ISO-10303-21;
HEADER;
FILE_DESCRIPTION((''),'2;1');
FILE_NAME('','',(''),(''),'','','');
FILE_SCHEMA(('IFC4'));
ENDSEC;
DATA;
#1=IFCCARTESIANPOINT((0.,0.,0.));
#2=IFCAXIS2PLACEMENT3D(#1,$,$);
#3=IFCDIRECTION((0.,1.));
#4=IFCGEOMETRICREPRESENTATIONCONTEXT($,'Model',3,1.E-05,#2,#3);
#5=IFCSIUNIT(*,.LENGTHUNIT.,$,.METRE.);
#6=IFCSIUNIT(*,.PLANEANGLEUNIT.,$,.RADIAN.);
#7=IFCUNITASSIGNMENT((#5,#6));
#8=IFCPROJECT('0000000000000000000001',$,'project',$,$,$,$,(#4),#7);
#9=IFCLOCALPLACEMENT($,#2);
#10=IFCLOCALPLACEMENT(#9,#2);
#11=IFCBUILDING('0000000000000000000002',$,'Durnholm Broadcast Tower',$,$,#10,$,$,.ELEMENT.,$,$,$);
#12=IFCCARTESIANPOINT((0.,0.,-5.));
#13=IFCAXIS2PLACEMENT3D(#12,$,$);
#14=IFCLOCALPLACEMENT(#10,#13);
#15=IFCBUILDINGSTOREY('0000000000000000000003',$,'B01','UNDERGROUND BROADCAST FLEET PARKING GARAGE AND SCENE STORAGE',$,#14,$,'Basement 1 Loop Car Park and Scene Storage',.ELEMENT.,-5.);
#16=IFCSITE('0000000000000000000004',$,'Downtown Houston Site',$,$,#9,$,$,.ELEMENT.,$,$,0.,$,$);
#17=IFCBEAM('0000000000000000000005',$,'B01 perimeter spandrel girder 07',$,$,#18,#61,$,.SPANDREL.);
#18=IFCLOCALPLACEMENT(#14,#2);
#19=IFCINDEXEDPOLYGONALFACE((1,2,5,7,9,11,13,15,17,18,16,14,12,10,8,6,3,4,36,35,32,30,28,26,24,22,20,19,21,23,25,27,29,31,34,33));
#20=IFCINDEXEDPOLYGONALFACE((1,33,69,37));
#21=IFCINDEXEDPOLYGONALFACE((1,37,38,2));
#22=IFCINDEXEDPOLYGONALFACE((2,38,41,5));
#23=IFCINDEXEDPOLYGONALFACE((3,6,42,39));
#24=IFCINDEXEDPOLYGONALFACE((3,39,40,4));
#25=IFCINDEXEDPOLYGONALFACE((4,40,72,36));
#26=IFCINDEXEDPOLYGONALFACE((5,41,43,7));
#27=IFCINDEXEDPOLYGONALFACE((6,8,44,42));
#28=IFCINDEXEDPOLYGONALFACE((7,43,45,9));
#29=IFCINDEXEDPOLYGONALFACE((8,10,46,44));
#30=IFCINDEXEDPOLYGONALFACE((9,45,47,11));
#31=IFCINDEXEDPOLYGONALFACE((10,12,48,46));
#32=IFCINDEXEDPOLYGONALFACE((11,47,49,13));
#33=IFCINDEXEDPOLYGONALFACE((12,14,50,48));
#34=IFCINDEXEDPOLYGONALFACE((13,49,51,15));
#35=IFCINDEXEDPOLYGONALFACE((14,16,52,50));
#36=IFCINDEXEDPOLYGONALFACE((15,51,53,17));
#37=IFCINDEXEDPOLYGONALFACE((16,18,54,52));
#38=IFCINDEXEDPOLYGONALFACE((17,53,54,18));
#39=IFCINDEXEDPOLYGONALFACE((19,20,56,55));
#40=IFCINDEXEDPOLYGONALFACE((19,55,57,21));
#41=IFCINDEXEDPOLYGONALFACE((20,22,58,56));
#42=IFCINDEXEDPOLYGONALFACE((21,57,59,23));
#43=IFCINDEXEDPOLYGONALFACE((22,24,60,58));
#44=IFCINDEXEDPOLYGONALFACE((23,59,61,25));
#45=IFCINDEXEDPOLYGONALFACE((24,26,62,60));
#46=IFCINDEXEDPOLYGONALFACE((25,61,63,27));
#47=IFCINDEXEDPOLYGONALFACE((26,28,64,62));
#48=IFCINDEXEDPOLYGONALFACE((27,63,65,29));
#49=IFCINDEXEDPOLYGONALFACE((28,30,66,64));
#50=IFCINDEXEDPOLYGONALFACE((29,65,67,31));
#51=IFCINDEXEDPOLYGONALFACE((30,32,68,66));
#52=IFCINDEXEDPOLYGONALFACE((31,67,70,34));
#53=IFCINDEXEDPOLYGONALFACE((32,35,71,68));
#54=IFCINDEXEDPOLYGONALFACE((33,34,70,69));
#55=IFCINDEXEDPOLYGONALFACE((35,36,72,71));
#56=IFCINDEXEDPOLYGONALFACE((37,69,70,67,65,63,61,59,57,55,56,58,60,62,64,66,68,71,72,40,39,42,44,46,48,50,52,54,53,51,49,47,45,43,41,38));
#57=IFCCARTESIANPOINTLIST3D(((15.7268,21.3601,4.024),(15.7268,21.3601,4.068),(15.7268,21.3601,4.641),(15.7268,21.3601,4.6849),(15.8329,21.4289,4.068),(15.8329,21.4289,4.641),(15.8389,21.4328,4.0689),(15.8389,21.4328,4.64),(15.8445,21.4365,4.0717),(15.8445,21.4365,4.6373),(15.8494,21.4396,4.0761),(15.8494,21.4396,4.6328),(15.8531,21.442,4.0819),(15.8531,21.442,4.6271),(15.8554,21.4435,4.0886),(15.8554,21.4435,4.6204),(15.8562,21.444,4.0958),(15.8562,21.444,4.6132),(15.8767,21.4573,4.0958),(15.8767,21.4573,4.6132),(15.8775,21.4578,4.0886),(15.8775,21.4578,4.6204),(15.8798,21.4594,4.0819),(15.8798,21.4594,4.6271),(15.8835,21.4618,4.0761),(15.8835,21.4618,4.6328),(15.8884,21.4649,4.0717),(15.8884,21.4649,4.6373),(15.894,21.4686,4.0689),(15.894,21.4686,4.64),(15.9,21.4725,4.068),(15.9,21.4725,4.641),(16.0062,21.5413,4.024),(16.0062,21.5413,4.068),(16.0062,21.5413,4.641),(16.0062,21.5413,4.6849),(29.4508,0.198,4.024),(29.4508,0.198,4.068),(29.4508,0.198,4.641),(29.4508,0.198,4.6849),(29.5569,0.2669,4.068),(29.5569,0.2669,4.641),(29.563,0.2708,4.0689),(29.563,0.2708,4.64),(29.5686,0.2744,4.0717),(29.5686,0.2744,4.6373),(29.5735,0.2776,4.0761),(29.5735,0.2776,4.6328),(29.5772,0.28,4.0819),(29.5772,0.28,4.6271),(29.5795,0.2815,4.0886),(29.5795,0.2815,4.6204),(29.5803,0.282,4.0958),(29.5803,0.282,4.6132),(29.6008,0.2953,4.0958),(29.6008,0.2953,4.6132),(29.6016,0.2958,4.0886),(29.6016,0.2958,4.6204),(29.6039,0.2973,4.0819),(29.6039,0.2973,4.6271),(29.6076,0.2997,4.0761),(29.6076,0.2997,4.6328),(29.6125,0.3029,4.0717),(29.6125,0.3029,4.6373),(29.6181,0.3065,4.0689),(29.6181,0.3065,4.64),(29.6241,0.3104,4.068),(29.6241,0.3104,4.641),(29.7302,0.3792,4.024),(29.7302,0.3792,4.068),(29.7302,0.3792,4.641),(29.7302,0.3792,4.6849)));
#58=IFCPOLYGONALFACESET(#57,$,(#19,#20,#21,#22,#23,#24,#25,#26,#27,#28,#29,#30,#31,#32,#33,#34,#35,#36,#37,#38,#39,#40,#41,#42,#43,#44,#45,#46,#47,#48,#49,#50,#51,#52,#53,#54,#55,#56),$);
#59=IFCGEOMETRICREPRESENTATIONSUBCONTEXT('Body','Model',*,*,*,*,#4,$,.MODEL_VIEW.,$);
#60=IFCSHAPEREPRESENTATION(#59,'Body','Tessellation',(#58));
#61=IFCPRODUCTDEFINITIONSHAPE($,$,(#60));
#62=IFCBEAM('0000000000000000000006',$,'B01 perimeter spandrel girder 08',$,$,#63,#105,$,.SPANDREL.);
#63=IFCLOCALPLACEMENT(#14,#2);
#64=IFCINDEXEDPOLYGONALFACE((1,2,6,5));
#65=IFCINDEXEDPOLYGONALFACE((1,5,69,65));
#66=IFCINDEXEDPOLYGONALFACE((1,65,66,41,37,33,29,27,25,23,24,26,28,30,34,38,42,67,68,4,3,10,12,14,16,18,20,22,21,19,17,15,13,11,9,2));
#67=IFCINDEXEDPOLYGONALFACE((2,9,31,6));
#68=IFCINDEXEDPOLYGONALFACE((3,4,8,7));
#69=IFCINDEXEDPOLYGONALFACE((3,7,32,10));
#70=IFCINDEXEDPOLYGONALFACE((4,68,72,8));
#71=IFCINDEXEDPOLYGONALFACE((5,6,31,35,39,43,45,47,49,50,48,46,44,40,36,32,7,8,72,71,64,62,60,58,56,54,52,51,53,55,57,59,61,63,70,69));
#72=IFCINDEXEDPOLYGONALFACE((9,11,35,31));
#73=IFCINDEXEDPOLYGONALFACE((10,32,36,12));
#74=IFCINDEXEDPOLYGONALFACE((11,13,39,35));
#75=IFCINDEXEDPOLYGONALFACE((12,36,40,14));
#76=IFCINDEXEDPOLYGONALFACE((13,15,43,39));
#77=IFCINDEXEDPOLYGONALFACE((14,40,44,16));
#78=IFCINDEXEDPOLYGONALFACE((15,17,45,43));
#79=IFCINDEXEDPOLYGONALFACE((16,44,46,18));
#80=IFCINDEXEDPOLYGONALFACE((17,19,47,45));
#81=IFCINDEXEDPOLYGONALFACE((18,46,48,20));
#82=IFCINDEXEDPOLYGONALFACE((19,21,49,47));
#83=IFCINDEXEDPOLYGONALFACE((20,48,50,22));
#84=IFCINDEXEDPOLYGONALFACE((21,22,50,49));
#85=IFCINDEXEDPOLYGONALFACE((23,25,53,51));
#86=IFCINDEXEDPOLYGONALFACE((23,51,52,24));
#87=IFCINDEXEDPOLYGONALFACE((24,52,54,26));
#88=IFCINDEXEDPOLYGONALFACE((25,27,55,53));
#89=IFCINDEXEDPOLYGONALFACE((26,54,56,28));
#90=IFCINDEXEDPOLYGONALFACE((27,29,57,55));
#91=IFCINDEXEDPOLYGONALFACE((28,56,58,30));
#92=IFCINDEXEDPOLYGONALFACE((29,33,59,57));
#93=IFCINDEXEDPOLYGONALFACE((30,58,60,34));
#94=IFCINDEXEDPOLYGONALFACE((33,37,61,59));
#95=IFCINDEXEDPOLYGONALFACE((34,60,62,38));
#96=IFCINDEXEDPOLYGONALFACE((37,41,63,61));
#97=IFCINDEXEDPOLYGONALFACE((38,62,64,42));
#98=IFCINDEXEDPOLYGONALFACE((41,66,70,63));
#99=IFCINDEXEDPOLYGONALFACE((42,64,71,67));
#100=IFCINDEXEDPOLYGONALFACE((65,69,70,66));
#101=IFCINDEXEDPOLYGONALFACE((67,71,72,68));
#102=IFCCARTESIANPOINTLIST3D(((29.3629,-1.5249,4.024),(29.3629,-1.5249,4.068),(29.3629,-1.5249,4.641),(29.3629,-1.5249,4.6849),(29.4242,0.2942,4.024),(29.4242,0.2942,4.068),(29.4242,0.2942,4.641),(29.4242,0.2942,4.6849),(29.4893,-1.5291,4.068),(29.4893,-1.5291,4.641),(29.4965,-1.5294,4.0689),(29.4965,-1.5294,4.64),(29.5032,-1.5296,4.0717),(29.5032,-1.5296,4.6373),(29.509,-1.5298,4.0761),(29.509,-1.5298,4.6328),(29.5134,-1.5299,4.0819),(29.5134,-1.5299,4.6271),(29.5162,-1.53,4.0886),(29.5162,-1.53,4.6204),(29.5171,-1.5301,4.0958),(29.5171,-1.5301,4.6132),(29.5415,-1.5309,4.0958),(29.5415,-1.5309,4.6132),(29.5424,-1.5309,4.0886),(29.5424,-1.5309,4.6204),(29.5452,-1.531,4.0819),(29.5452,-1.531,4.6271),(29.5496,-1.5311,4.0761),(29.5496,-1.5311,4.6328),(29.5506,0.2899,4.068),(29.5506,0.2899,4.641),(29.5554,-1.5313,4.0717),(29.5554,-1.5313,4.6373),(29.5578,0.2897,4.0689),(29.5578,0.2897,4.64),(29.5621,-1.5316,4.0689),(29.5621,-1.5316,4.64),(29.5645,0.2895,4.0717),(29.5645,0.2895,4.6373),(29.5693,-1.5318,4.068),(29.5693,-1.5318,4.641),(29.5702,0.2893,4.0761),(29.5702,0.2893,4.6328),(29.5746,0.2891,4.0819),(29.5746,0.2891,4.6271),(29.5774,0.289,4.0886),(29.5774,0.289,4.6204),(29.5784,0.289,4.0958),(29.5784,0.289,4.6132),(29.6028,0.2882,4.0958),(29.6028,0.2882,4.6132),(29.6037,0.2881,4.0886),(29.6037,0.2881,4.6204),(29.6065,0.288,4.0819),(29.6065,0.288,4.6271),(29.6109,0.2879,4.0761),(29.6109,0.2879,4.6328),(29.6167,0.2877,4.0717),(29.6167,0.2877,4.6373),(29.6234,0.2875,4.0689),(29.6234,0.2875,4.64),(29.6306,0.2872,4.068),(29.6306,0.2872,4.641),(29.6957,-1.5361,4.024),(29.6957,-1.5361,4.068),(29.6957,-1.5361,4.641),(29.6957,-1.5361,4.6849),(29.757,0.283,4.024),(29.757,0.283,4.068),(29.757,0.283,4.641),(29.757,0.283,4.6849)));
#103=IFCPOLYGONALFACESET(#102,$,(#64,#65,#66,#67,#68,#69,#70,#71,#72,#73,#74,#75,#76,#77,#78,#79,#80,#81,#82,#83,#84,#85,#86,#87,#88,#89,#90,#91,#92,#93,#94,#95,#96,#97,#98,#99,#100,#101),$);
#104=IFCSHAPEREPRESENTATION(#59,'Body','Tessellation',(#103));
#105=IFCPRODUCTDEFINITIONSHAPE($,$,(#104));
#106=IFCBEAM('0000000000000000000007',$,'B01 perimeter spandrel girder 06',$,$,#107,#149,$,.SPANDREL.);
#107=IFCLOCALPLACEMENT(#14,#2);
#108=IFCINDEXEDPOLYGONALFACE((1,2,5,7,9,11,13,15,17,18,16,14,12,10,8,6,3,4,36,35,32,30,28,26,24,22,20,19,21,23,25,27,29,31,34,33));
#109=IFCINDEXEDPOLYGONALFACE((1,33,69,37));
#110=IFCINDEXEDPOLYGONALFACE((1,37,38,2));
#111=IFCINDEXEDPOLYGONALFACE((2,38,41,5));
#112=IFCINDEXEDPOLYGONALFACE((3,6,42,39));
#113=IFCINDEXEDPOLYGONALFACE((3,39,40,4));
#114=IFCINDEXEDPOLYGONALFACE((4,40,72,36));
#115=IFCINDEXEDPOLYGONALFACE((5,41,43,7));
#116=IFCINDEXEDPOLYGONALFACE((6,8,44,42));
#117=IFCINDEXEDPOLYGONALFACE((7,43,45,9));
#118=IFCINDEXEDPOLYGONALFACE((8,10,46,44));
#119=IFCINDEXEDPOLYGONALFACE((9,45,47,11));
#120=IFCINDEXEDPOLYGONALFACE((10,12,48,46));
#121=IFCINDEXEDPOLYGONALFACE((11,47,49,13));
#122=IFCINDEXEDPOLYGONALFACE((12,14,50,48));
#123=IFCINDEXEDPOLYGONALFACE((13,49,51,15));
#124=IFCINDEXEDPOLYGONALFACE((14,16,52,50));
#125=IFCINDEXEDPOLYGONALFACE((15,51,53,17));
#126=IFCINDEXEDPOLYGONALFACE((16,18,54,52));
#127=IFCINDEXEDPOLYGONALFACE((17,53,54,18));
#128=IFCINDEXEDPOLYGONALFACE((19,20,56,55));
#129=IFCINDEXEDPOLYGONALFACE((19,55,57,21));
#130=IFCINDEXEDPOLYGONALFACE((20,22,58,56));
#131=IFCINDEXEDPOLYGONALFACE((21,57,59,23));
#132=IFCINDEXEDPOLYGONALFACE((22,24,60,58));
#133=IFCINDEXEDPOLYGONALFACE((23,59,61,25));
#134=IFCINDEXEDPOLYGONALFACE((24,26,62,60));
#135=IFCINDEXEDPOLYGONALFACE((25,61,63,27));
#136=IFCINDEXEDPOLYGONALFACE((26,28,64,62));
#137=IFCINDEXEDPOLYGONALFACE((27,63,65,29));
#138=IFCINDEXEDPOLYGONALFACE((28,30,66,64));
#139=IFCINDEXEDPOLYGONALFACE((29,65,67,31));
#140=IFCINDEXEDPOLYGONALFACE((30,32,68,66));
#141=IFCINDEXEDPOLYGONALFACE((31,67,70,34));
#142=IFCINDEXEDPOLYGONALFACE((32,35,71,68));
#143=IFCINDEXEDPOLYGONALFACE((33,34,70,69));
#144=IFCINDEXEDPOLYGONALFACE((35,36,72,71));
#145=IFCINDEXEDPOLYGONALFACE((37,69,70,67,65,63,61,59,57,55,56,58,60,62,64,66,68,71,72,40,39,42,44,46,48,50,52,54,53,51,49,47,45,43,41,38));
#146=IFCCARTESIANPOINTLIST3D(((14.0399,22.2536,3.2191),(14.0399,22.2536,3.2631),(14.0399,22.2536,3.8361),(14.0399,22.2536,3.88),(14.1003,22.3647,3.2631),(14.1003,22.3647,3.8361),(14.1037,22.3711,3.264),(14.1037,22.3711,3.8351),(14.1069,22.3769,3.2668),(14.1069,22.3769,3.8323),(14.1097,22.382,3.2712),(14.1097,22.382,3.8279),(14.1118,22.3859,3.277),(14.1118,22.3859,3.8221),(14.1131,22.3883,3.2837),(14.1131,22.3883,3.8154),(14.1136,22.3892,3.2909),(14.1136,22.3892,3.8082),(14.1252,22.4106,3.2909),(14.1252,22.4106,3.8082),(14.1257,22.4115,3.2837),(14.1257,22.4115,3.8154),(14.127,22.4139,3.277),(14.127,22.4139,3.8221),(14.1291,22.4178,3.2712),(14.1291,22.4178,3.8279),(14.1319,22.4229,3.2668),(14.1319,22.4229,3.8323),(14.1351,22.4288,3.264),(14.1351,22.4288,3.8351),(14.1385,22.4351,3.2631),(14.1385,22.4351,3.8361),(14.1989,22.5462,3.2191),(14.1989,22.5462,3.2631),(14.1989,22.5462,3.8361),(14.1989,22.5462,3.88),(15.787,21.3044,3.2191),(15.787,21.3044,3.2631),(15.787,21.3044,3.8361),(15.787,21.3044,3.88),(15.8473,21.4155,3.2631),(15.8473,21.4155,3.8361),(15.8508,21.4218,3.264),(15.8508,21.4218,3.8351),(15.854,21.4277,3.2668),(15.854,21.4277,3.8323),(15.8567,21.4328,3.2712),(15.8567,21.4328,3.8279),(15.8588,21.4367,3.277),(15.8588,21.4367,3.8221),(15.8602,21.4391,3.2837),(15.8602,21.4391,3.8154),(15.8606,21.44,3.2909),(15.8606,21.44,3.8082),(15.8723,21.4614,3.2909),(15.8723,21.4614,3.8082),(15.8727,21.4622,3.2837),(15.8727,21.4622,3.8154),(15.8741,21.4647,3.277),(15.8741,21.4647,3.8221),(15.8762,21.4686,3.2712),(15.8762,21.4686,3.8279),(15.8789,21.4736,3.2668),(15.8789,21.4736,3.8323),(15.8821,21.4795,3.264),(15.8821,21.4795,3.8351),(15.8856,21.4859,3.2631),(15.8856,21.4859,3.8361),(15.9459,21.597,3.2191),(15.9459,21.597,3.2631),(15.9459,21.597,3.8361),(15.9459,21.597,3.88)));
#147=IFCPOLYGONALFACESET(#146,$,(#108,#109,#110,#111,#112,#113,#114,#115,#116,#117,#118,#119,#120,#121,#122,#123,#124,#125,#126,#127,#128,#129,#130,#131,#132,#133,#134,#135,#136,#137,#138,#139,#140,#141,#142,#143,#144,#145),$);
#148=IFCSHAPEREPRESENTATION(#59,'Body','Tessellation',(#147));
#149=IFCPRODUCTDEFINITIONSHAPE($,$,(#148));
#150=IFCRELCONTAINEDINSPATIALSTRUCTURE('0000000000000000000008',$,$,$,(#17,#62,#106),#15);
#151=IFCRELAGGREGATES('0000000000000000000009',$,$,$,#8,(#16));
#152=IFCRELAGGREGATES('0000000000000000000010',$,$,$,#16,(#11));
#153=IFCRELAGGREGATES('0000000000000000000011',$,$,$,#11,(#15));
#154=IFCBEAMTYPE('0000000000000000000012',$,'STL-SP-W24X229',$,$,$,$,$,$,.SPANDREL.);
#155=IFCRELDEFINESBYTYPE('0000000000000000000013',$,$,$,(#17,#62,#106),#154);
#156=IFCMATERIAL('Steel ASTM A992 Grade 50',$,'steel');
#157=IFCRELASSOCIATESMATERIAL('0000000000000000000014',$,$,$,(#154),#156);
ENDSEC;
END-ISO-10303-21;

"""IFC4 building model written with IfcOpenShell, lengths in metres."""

from ifc_helpers import new_model, si_unit, direction, frame, origin, origin_2d, place, context, subcontext, project, spatial, i_section, extrude, source, transform, mapped, material, material_profile, profile_set, type_object, type_shapes, element, save


model = new_model("IFC4")

# Units and contexts
model_context = context("Model", 3, precision=1e-05, world=origin(), true_north=direction((0.0, 1.0)))
body_context = subcontext(model_context, "Body", "Model", "MODEL_VIEW")
ifc_project = project(units=[si_unit("LENGTHUNIT", "METRE"), si_unit("PLANEANGLEUNIT", "RADIAN")], contexts=[model_context])

# Site, building, storey
site_placement = place(None, origin())
site = spatial("IfcSite", under=ifc_project, at=site_placement, Name="Downtown Houston Site", CompositionType="ELEMENT", RefElevation=0.0)
building_placement = place(site_placement, origin())
building = spatial("IfcBuilding", under=site, at=building_placement, Name="Durnholm Broadcast Tower", CompositionType="ELEMENT")
storey_placement = place(building_placement, frame((0.0, 0.0, -5.0)))
storey = spatial("IfcBuildingStorey", under=building, at=storey_placement, Name="B01", Description="UNDERGROUND BROADCAST FLEET PARKING GARAGE AND SCENE STORAGE", LongName="Basement 1 Loop Car Park and Scene Storage", CompositionType="ELEMENT", Elevation=-5.0)

# Beams
ifc_material_1 = material(Name="Steel ASTM A992 Grade 50", Category="steel")
ifc_material_profile_1 = material_profile(ifc_material_1, i_section(OverallWidth=0.333, OverallDepth=0.6609, WebThickness=0.0244, FlangeThickness=0.0439, FilletRadius=0.0278, at=origin_2d()), Name="W24X229")
ifc_profile_set_1 = profile_set([ifc_material_profile_1], Name="Steel ASTM A992 Grade 50")
beam_type_1 = type_object("IfcBeamType", Name="STL-SP-W24X229", PredefinedType="SPANDREL", material=ifc_profile_set_1)
shared_shape_1 = source(origin(), body_context, "Body", "SweptSolid", [
    extrude(i_section(OverallWidth=0.333, OverallDepth=0.6609, WebThickness=0.0244, FlangeThickness=0.0439, FilletRadius=0.0278, at=origin_2d()), origin(), (0.0, 0.0, 1.0), 25.2227),
])
beam_1_placement = place(storey_placement, frame((15.8665, 21.4507, 4.3545), z_axis=(0.544117, -0.839009, 0.0), x_axis=(0.839009, 0.544117, 0.0)))
element("IfcBeam", 1, at=beam_1_placement, inside=storey, type_object=beam_type_1, Name="B01 perimeter spandrel girder 07", PredefinedType="SPANDREL", context=body_context, shape_type="MappedRepresentation", body=[
    mapped(shared_shape_1, transform((0.0, 0.0, 0.0), x_axis=(1.0, 0.0, 0.0), y_axis=(0.0, 1.0, 0.0), z_axis=(0.0, 0.0, 1.0), scale=1.0)),
])
shared_shape_2 = source(origin(), body_context, "Body", "SweptSolid", [
    extrude(i_section(OverallWidth=0.333, OverallDepth=0.6609, WebThickness=0.0244, FlangeThickness=0.0439, FilletRadius=0.0278, at=origin_2d()), origin(), (0.0, 0.0, 1.0), 1.8201),
])
beam_2_placement = place(storey_placement, frame((29.5906, 0.2886, 4.3545), z_axis=(-0.033668, -0.999433, 0.0), x_axis=(0.999433, -0.033668, 0.0)))
element("IfcBeam", 2, at=beam_2_placement, inside=storey, type_object=beam_type_1, Name="B01 perimeter spandrel girder 08", PredefinedType="SPANDREL", context=body_context, shape_type="MappedRepresentation", body=[
    mapped(shared_shape_2, transform((0.0, 0.0, 0.0), x_axis=(1.0, 0.0, 0.0), y_axis=(0.0, 1.0, 0.0), z_axis=(0.0, 0.0, 1.0), scale=1.0)),
])
shared_shape_3 = source(origin(), body_context, "Body", "SweptSolid", [
    extrude(i_section(OverallWidth=0.333, OverallDepth=0.6609, WebThickness=0.0244, FlangeThickness=0.0439, FilletRadius=0.0278, at=origin_2d()), origin(), (0.0, 0.0, 1.0), 1.9883),
])
type_shapes(beam_type_1, [shared_shape_1, shared_shape_2, shared_shape_3])
beam_3_placement = place(storey_placement, frame((14.1194, 22.3999, 3.5496), z_axis=(0.878683, -0.477406, 0.0), x_axis=(0.477406, 0.878683, 0.0)))
element("IfcBeam", 3, at=beam_3_placement, inside=storey, type_object=beam_type_1, Name="B01 perimeter spandrel girder 06", PredefinedType="SPANDREL", context=body_context, shape_type="MappedRepresentation", body=[
    mapped(shared_shape_3, transform((0.0, 0.0, 0.0), x_axis=(1.0, 0.0, 0.0), y_axis=(0.0, 1.0, 0.0), z_axis=(0.0, 0.0, 1.0), scale=1.0)),
])

save(model, "model.ifc")
